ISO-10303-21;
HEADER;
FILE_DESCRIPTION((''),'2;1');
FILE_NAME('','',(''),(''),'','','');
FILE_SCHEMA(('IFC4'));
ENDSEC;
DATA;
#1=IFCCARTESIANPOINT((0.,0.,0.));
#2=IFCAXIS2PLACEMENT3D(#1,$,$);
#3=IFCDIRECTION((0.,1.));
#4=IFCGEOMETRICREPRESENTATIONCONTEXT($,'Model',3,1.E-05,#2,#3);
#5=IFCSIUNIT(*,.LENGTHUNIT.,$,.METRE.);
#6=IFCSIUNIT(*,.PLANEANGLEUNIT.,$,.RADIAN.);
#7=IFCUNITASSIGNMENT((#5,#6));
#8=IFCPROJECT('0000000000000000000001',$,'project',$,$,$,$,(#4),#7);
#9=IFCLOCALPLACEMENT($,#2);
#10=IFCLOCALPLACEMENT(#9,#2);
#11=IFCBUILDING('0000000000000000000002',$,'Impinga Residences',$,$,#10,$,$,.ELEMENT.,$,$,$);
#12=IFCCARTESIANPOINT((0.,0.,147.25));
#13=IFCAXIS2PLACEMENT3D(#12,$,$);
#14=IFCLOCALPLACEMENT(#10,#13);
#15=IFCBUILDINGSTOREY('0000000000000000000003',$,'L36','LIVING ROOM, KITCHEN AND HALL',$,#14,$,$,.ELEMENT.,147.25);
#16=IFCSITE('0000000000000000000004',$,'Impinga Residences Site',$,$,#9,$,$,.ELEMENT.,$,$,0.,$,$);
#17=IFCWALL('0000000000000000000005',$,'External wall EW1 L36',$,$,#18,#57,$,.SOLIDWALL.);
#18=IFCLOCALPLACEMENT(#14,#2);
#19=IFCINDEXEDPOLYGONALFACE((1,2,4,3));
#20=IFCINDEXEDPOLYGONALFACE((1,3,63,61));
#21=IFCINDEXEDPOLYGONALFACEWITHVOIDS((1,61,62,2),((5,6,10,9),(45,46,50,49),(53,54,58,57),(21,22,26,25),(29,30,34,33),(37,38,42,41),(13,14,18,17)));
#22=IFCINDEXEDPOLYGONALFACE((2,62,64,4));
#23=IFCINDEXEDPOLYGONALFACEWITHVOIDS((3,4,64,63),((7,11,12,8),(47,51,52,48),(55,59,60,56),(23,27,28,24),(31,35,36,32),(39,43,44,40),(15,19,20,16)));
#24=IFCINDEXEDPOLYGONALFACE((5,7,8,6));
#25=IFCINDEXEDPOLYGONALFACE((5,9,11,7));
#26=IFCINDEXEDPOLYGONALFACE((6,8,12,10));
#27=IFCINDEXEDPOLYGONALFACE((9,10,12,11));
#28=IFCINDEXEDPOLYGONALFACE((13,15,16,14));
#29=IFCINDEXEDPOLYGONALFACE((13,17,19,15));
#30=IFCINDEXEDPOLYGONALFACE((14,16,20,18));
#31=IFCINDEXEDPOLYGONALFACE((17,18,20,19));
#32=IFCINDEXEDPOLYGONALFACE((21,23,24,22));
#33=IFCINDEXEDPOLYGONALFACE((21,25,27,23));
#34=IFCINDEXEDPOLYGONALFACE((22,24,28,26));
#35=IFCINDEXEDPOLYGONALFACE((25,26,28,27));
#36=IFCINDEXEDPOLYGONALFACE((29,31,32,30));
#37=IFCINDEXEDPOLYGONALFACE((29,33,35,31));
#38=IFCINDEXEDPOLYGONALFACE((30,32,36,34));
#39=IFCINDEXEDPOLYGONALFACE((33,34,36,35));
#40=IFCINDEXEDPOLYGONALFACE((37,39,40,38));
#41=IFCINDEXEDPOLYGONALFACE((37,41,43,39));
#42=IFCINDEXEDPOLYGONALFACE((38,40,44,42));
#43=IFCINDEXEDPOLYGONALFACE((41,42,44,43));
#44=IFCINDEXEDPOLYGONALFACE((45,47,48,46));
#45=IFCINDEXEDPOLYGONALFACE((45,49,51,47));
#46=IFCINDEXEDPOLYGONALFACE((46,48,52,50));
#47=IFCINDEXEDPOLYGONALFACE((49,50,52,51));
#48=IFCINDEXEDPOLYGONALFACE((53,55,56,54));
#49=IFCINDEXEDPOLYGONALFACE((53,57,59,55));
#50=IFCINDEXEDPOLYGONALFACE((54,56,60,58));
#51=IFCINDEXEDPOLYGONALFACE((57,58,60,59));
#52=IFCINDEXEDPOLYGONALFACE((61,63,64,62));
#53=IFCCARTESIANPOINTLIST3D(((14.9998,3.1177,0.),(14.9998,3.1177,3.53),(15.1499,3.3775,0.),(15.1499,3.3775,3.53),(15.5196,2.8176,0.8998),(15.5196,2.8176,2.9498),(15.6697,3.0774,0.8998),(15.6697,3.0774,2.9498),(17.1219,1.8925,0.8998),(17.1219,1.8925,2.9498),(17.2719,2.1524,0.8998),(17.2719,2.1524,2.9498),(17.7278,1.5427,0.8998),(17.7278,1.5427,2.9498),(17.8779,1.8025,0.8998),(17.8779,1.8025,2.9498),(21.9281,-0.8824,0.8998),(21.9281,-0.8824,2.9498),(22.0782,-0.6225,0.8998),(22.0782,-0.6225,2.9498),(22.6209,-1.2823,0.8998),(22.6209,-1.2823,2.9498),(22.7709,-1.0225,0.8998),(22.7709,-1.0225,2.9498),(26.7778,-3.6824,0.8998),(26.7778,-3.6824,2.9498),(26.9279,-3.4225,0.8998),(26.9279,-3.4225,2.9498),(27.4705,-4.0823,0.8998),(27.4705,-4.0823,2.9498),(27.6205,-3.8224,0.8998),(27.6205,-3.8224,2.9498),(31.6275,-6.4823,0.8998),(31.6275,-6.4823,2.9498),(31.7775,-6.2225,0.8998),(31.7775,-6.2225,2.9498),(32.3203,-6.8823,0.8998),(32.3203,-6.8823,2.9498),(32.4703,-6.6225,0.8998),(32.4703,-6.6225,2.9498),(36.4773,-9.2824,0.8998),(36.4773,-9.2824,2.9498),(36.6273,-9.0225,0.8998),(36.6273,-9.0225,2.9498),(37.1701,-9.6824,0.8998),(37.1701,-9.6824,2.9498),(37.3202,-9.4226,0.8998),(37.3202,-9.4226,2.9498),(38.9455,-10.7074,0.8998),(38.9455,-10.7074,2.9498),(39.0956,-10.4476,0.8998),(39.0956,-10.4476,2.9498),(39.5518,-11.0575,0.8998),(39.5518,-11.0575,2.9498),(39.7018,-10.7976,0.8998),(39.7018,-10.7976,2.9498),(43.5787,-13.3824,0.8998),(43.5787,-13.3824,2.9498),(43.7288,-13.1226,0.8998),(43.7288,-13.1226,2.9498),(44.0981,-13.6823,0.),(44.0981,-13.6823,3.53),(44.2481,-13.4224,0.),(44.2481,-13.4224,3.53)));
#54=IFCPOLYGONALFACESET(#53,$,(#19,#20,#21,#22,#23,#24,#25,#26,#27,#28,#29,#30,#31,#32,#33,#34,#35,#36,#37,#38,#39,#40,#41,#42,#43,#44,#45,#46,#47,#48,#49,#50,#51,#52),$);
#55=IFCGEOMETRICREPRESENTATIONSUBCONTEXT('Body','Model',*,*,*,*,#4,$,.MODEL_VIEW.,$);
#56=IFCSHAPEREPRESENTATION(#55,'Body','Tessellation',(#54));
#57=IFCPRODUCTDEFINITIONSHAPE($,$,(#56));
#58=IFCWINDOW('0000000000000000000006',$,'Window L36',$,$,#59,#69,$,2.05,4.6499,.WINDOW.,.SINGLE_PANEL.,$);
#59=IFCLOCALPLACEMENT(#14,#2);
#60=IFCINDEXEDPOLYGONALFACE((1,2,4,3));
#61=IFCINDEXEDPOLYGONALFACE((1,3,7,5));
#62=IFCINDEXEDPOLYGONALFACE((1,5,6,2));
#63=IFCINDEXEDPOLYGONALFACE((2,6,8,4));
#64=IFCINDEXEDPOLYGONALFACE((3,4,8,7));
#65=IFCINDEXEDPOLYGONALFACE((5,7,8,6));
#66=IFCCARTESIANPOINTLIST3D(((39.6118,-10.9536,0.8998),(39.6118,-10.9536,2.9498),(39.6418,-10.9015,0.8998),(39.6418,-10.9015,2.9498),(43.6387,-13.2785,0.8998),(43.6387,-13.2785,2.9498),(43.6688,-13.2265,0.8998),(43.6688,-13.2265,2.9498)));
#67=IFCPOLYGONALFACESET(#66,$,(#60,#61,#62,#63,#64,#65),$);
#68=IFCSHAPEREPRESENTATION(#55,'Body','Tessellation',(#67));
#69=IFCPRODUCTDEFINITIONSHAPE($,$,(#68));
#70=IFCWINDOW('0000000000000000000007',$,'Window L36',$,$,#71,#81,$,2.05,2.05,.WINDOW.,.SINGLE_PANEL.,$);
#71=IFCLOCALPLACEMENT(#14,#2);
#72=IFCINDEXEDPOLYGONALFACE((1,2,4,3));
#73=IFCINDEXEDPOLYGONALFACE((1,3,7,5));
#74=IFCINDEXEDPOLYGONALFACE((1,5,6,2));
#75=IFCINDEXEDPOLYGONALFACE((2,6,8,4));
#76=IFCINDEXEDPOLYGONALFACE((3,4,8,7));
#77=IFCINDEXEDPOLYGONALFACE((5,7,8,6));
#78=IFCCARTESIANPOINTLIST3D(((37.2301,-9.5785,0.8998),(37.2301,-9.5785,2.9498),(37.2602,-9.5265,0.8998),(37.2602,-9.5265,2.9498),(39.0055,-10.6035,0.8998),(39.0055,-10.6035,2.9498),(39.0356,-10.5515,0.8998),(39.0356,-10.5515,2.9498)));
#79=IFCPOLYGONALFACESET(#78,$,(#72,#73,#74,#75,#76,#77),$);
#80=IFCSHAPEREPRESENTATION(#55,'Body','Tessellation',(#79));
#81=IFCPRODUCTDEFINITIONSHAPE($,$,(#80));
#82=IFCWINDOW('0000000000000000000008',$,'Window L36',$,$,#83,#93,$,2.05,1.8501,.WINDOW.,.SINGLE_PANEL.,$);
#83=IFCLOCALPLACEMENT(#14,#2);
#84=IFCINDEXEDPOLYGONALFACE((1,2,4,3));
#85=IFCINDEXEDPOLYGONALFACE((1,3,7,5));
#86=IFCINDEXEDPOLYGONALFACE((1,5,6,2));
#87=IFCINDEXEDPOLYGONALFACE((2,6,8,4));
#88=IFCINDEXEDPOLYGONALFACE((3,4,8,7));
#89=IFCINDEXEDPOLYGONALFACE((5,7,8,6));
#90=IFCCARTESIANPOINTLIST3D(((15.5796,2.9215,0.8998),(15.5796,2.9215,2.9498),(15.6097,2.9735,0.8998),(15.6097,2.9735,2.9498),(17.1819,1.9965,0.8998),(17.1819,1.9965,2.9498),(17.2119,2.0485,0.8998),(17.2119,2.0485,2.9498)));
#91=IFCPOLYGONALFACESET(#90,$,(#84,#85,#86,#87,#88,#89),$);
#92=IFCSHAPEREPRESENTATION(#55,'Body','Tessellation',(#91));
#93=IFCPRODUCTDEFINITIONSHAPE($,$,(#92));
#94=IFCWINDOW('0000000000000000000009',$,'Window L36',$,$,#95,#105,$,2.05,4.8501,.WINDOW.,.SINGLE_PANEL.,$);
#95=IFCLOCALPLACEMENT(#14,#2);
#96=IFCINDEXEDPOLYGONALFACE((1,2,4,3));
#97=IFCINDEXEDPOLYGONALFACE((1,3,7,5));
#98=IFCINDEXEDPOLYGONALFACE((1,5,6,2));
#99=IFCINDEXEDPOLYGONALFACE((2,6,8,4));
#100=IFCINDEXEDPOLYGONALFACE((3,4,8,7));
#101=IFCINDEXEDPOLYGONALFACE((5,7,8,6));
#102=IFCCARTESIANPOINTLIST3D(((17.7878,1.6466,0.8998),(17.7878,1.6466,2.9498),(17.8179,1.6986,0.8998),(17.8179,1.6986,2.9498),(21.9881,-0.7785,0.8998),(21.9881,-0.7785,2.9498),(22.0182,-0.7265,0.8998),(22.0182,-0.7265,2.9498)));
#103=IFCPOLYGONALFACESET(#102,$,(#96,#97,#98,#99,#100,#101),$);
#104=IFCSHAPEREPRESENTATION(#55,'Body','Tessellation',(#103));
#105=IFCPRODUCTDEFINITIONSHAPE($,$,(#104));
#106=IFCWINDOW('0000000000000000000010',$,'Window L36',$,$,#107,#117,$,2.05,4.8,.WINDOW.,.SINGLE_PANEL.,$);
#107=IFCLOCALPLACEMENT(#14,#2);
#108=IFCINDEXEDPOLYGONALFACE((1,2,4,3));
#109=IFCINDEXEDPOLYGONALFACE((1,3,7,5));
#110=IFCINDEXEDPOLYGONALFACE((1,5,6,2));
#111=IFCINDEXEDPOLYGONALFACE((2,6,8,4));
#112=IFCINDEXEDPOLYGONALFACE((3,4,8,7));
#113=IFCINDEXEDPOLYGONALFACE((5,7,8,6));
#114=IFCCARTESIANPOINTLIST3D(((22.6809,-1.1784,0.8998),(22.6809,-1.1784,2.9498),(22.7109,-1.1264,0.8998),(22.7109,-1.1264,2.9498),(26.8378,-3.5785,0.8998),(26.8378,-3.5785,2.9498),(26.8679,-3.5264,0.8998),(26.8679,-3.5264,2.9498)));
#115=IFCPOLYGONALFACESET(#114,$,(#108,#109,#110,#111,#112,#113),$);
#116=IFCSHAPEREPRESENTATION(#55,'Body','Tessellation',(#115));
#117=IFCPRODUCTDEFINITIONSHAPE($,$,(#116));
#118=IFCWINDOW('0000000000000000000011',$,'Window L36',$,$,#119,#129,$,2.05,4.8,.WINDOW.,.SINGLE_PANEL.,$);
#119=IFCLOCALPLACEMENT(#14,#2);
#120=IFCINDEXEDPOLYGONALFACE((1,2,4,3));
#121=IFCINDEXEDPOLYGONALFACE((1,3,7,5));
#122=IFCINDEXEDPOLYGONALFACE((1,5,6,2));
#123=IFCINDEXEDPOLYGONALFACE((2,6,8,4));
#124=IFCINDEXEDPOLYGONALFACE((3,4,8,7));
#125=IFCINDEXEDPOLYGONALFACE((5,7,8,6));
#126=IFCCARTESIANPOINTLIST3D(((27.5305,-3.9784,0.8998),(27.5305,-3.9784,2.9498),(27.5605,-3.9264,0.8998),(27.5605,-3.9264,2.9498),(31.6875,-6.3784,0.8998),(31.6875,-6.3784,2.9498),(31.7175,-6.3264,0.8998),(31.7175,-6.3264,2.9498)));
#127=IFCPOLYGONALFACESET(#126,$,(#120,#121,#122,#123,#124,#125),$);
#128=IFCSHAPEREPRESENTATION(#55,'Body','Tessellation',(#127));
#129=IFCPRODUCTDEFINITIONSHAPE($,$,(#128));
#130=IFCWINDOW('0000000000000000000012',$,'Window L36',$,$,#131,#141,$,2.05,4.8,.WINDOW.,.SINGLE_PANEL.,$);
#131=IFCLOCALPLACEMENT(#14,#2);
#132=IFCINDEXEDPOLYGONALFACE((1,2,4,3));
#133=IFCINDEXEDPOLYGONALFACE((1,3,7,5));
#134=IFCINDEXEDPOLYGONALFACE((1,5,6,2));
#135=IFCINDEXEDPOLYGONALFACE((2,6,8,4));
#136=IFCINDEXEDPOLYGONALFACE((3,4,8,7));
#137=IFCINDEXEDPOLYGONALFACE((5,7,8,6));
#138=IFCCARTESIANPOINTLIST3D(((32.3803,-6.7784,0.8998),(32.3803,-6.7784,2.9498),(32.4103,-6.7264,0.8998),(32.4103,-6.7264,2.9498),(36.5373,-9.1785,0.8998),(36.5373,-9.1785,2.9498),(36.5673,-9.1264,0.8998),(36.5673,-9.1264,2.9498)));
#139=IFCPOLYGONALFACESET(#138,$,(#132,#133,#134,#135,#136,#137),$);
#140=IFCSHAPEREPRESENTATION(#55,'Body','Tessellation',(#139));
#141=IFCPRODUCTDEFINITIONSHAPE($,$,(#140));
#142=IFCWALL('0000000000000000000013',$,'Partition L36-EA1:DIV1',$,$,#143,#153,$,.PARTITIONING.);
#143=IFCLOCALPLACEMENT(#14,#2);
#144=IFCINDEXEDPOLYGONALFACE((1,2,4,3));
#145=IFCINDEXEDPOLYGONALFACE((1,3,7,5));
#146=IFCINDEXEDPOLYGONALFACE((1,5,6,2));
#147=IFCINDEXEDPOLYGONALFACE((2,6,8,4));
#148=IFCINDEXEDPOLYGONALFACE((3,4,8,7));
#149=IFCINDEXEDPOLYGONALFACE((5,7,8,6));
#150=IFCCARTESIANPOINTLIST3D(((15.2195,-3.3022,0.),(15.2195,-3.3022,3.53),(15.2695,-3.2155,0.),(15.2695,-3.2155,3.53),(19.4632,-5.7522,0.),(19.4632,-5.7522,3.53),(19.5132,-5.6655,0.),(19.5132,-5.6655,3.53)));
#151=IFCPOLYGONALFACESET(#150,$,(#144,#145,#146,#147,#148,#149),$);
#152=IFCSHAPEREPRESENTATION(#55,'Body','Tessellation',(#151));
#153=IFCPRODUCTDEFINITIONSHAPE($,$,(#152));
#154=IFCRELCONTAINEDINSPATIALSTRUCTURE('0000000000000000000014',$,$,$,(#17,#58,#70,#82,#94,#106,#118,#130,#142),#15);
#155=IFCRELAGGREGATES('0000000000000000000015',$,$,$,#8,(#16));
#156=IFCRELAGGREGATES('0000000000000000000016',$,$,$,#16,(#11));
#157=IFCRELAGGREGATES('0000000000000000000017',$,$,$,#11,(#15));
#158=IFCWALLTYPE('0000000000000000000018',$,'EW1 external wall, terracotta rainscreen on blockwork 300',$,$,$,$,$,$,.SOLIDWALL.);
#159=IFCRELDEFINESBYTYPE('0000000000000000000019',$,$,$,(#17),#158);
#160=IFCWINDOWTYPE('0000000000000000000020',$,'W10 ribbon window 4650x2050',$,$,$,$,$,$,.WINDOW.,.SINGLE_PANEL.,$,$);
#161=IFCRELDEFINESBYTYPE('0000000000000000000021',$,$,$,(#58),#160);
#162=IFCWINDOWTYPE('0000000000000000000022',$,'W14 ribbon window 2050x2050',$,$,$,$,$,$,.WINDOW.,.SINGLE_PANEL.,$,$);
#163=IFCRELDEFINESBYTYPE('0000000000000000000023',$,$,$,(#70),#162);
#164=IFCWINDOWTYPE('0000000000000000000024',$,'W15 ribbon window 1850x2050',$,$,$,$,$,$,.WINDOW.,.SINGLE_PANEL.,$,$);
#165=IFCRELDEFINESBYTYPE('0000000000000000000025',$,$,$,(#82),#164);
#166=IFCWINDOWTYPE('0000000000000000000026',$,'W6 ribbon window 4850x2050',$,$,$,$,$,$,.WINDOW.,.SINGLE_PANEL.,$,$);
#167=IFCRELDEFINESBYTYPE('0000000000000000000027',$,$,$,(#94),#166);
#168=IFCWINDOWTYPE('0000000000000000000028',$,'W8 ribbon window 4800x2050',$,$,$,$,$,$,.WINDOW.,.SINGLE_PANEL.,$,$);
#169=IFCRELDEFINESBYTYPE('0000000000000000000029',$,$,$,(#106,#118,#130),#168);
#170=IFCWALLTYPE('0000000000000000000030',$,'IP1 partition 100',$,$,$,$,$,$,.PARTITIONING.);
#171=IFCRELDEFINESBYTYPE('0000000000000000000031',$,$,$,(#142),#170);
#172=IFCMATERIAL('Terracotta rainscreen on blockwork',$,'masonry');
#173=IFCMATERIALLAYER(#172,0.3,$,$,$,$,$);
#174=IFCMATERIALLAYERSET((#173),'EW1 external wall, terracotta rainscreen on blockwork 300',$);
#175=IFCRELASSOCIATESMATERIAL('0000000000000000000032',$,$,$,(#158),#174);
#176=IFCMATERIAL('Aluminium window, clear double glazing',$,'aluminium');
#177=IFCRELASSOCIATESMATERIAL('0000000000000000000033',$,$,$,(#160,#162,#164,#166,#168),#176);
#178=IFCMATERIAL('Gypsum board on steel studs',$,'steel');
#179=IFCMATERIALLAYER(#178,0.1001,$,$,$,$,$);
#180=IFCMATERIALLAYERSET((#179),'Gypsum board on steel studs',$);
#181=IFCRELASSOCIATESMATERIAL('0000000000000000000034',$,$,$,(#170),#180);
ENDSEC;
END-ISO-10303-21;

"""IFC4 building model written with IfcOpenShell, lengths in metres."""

from ifc_helpers import new_model, si_unit, direction, frame, frame_2d, origin, place, context, subcontext, project, spatial, rectangle, extrude, material, layer, layer_set, type_object, element, fill, save


model = new_model("IFC4")

# Units and contexts
model_context = context("Model", 3, precision=1e-05, world=origin(), true_north=direction((0.0, 1.0)))
body_context = subcontext(model_context, "Body", "Model", "MODEL_VIEW")
ifc_project = project(units=[si_unit("LENGTHUNIT", "METRE"), si_unit("PLANEANGLEUNIT", "RADIAN")], contexts=[model_context])

# Site, building, storey
site_placement = place(None, origin())
site = spatial("IfcSite", under=ifc_project, at=site_placement, Name="Impinga Residences Site", CompositionType="ELEMENT", RefElevation=0.0)
building_placement = place(site_placement, origin())
building = spatial("IfcBuilding", under=site, at=building_placement, Name="Impinga Residences", CompositionType="ELEMENT")
storey_placement = place(building_placement, frame((0.0, 0.0, 147.25)))
storey = spatial("IfcBuildingStorey", under=building, at=storey_placement, Name="L36", Description="LIVING ROOM, KITCHEN AND HALL", CompositionType="ELEMENT", Elevation=147.25)

# Shared definitions
ifc_material_1 = material(Name="Terracotta rainscreen on blockwork", Category="masonry")
ifc_layer_1 = layer(ifc_material_1, 0.3)
ifc_layer_set_1 = layer_set([ifc_layer_1], Name="EW1 external wall, terracotta rainscreen on blockwork 300")
wall_type_1 = type_object("IfcWallType", Name="EW1 external wall, terracotta rainscreen on blockwork 300", PredefinedType="SOLIDWALL", material=ifc_layer_set_1)

# Wall, openings, windows
wall_1_placement = place(storey_placement, frame((15.075, 3.2476, 0.0), z_axis=(0.0, 0.0, 1.0), x_axis=(0.866024, -0.500002, 0.0)))
wall_1 = element("IfcWall", 1, at=wall_1_placement, inside=storey, type_object=wall_type_1, Name="External wall EW1 L36", PredefinedType="SOLIDWALL", context=body_context, shape_type="SweptSolid", body=[
    extrude(rectangle(XDim=33.5999, YDim=0.3, at=frame_2d((16.7998, 0.0))), origin(), (0.0, 0.0, 1.0), 3.53),
])
opening_1_placement = place(wall_1_placement, frame((0.6001, 0.0, 0.8999)))
opening_1 = element("IfcOpeningElement", 2, at=opening_1_placement, cuts=wall_1, PredefinedType="OPENING", context=body_context, shape_type="SweptSolid", body=[
    extrude(rectangle(XDim=1.8501, YDim=2.05, at=frame_2d((0.925, 1.0249))), frame((0.0, 0.1599, 0.0), z_axis=(0.0, -1.0, 0.0), x_axis=(1.0, 0.0, 0.0)), (0.0, 0.0, 1.0), 0.3201),
])
opening_2_placement = place(wall_1_placement, frame((3.1499, 0.0, 0.8999)))
opening_2 = element("IfcOpeningElement", 3, at=opening_2_placement, cuts=wall_1, PredefinedType="OPENING", context=body_context, shape_type="SweptSolid", body=[
    extrude(rectangle(XDim=4.8501, YDim=2.05, at=frame_2d((2.425, 1.0249))), frame((0.0, 0.1599, 0.0), z_axis=(0.0, -1.0, 0.0), x_axis=(1.0, 0.0, 0.0)), (0.0, 0.0, 1.0), 0.3201),
])
opening_3_placement = place(wall_1_placement, frame((8.8, 0.0, 0.8999)))
opening_3 = element("IfcOpeningElement", 4, at=opening_3_placement, cuts=wall_1, PredefinedType="OPENING", context=body_context, shape_type="SweptSolid", body=[
    extrude(rectangle(XDim=4.8, YDim=2.05, at=frame_2d((2.3999, 1.0249))), frame((0.0, 0.1599, 0.0), z_axis=(0.0, -1.0, 0.0), x_axis=(1.0, 0.0, 0.0)), (0.0, 0.0, 1.0), 0.3201),
])
opening_4_placement = place(wall_1_placement, frame((14.3999, 0.0, 0.8999)))
opening_4 = element("IfcOpeningElement", 5, at=opening_4_placement, cuts=wall_1, PredefinedType="OPENING", context=body_context, shape_type="SweptSolid", body=[
    extrude(rectangle(XDim=4.8, YDim=2.05, at=frame_2d((2.3999, 1.0249))), frame((0.0, 0.1599, 0.0), z_axis=(0.0, -1.0, 0.0), x_axis=(1.0, 0.0, 0.0)), (0.0, 0.0, 1.0), 0.3201),
])
opening_5_placement = place(wall_1_placement, frame((20.0, 0.0, 0.8999)))
opening_5 = element("IfcOpeningElement", 6, at=opening_5_placement, cuts=wall_1, PredefinedType="OPENING", context=body_context, shape_type="SweptSolid", body=[
    extrude(rectangle(XDim=4.8, YDim=2.05, at=frame_2d((2.3999, 1.0249))), frame((0.0, 0.1599, 0.0), z_axis=(0.0, -1.0, 0.0), x_axis=(1.0, 0.0, 0.0)), (0.0, 0.0, 1.0), 0.3201),
])
opening_6_placement = place(wall_1_placement, frame((25.6001, 0.0, 0.8999)))
opening_6 = element("IfcOpeningElement", 7, at=opening_6_placement, cuts=wall_1, PredefinedType="OPENING", context=body_context, shape_type="SweptSolid", body=[
    extrude(rectangle(XDim=2.05, YDim=2.05, at=frame_2d((1.0249, 1.0249))), frame((0.0, 0.1599, 0.0), z_axis=(0.0, -1.0, 0.0), x_axis=(1.0, 0.0, 0.0)), (0.0, 0.0, 1.0), 0.3201),
])
opening_7_placement = place(wall_1_placement, frame((28.3501, 0.0, 0.8999)))
opening_7 = element("IfcOpeningElement", 8, at=opening_7_placement, cuts=wall_1, PredefinedType="OPENING", context=body_context, shape_type="SweptSolid", body=[
    extrude(rectangle(XDim=4.6499, YDim=2.05, at=frame_2d((2.325, 1.0249))), frame((0.0, 0.1599, 0.0), z_axis=(0.0, -1.0, 0.0), x_axis=(1.0, 0.0, 0.0)), (0.0, 0.0, 1.0), 0.3201),
])
ifc_material_2 = material(Name="Aluminium window, clear double glazing", Category="aluminium")
window_type_1 = type_object("IfcWindowType", Name="W10 ribbon window 4650x2050", PartitioningType="SINGLE_PANEL", PredefinedType="WINDOW", material=ifc_material_2)
window_1_placement = place(opening_7_placement, origin())
window_1 = element("IfcWindow", 9, at=window_1_placement, inside=storey, type_object=window_type_1, Name="Window L36", OverallHeight=2.05, OverallWidth=4.6499, PartitioningType="SINGLE_PANEL", PredefinedType="WINDOW", context=body_context, shape_type="SweptSolid", body=[
    extrude(rectangle(XDim=4.6499, YDim=2.05, at=frame_2d((2.325, 1.0249))), frame((0.0, 0.03, 0.0), z_axis=(0.0, -1.0, 0.0), x_axis=(1.0, 0.0, 0.0)), (0.0, 0.0, 1.0), 0.0601),
])
fill(opening_7, window_1)
window_type_2 = type_object("IfcWindowType", Name="W14 ribbon window 2050x2050", PartitioningType="SINGLE_PANEL", PredefinedType="WINDOW", material=ifc_material_2)
window_2_placement = place(opening_6_placement, origin())
window_2 = element("IfcWindow", 10, at=window_2_placement, inside=storey, type_object=window_type_2, Name="Window L36", OverallHeight=2.05, OverallWidth=2.05, PartitioningType="SINGLE_PANEL", PredefinedType="WINDOW", context=body_context, shape_type="SweptSolid", body=[
    extrude(rectangle(XDim=2.05, YDim=2.05, at=frame_2d((1.0249, 1.0249))), frame((0.0, 0.03, 0.0), z_axis=(0.0, -1.0, 0.0), x_axis=(1.0, 0.0, 0.0)), (0.0, 0.0, 1.0), 0.0601),
])
fill(opening_6, window_2)
window_type_3 = type_object("IfcWindowType", Name="W15 ribbon window 1850x2050", PartitioningType="SINGLE_PANEL", PredefinedType="WINDOW", material=ifc_material_2)
window_3_placement = place(opening_1_placement, origin())
window_3 = element("IfcWindow", 11, at=window_3_placement, inside=storey, type_object=window_type_3, Name="Window L36", OverallHeight=2.05, OverallWidth=1.8501, PartitioningType="SINGLE_PANEL", PredefinedType="WINDOW", context=body_context, shape_type="SweptSolid", body=[
    extrude(rectangle(XDim=1.8501, YDim=2.05, at=frame_2d((0.925, 1.0249))), frame((0.0, 0.03, 0.0), z_axis=(0.0, -1.0, 0.0), x_axis=(1.0, 0.0, 0.0)), (0.0, 0.0, 1.0), 0.0601),
])
fill(opening_1, window_3)
window_type_4 = type_object("IfcWindowType", Name="W6 ribbon window 4850x2050", PartitioningType="SINGLE_PANEL", PredefinedType="WINDOW", material=ifc_material_2)
window_4_placement = place(opening_2_placement, origin())
window_4 = element("IfcWindow", 12, at=window_4_placement, inside=storey, type_object=window_type_4, Name="Window L36", OverallHeight=2.05, OverallWidth=4.8501, PartitioningType="SINGLE_PANEL", PredefinedType="WINDOW", context=body_context, shape_type="SweptSolid", body=[
    extrude(rectangle(XDim=4.8501, YDim=2.05, at=frame_2d((2.425, 1.0249))), frame((0.0, 0.03, 0.0), z_axis=(0.0, -1.0, 0.0), x_axis=(1.0, 0.0, 0.0)), (0.0, 0.0, 1.0), 0.0601),
])
fill(opening_2, window_4)
window_type_5 = type_object("IfcWindowType", Name="W8 ribbon window 4800x2050", PartitioningType="SINGLE_PANEL", PredefinedType="WINDOW", material=ifc_material_2)
window_5_placement = place(opening_3_placement, origin())
window_5 = element("IfcWindow", 13, at=window_5_placement, inside=storey, type_object=window_type_5, Name="Window L36", OverallHeight=2.05, OverallWidth=4.8, PartitioningType="SINGLE_PANEL", PredefinedType="WINDOW", context=body_context, shape_type="SweptSolid", body=[
    extrude(rectangle(XDim=4.8, YDim=2.05, at=frame_2d((2.3999, 1.0249))), frame((0.0, 0.03, 0.0), z_axis=(0.0, -1.0, 0.0), x_axis=(1.0, 0.0, 0.0)), (0.0, 0.0, 1.0), 0.0601),
])
fill(opening_3, window_5)
window_6_placement = place(opening_4_placement, origin())
window_6 = element("IfcWindow", 14, at=window_6_placement, inside=storey, type_object=window_type_5, Name="Window L36", OverallHeight=2.05, OverallWidth=4.8, PartitioningType="SINGLE_PANEL", PredefinedType="WINDOW", context=body_context, shape_type="SweptSolid", body=[
    extrude(rectangle(XDim=4.8, YDim=2.05, at=frame_2d((2.3999, 1.0249))), frame((0.0, 0.03, 0.0), z_axis=(0.0, -1.0, 0.0), x_axis=(1.0, 0.0, 0.0)), (0.0, 0.0, 1.0), 0.0601),
])
fill(opening_4, window_6)
window_7_placement = place(opening_5_placement, origin())
window_7 = element("IfcWindow", 15, at=window_7_placement, inside=storey, type_object=window_type_5, Name="Window L36", OverallHeight=2.05, OverallWidth=4.8, PartitioningType="SINGLE_PANEL", PredefinedType="WINDOW", context=body_context, shape_type="SweptSolid", body=[
    extrude(rectangle(XDim=4.8, YDim=2.05, at=frame_2d((2.3999, 1.0249))), frame((0.0, 0.03, 0.0), z_axis=(0.0, -1.0, 0.0), x_axis=(1.0, 0.0, 0.0)), (0.0, 0.0, 1.0), 0.0601),
])
fill(opening_5, window_7)

# Wall
ifc_material_3 = material(Name="Gypsum board on steel studs", Category="steel")
ifc_layer_2 = layer(ifc_material_3, 0.1001)
ifc_layer_set_2 = layer_set([ifc_layer_2], Name="Gypsum board on steel studs")
wall_type_2 = type_object("IfcWallType", Name="IP1 partition 100", PredefinedType="PARTITIONING", material=ifc_layer_set_2)
wall_2_placement = place(storey_placement, frame((15.2444, -3.2588, 0.0), z_axis=(0.0, 0.0, 1.0), x_axis=(0.866036, -0.499981, 0.0)))
element("IfcWall", 16, at=wall_2_placement, inside=storey, type_object=wall_type_2, Name="Partition L36-EA1:DIV1", PredefinedType="PARTITIONING", context=body_context, shape_type="SweptSolid", body=[
    extrude(rectangle(XDim=4.9001, YDim=0.1001, at=frame_2d((2.4502, 0.0))), origin(), (0.0, 0.0, 1.0), 3.53),
])

save(model, "model.ifc")
